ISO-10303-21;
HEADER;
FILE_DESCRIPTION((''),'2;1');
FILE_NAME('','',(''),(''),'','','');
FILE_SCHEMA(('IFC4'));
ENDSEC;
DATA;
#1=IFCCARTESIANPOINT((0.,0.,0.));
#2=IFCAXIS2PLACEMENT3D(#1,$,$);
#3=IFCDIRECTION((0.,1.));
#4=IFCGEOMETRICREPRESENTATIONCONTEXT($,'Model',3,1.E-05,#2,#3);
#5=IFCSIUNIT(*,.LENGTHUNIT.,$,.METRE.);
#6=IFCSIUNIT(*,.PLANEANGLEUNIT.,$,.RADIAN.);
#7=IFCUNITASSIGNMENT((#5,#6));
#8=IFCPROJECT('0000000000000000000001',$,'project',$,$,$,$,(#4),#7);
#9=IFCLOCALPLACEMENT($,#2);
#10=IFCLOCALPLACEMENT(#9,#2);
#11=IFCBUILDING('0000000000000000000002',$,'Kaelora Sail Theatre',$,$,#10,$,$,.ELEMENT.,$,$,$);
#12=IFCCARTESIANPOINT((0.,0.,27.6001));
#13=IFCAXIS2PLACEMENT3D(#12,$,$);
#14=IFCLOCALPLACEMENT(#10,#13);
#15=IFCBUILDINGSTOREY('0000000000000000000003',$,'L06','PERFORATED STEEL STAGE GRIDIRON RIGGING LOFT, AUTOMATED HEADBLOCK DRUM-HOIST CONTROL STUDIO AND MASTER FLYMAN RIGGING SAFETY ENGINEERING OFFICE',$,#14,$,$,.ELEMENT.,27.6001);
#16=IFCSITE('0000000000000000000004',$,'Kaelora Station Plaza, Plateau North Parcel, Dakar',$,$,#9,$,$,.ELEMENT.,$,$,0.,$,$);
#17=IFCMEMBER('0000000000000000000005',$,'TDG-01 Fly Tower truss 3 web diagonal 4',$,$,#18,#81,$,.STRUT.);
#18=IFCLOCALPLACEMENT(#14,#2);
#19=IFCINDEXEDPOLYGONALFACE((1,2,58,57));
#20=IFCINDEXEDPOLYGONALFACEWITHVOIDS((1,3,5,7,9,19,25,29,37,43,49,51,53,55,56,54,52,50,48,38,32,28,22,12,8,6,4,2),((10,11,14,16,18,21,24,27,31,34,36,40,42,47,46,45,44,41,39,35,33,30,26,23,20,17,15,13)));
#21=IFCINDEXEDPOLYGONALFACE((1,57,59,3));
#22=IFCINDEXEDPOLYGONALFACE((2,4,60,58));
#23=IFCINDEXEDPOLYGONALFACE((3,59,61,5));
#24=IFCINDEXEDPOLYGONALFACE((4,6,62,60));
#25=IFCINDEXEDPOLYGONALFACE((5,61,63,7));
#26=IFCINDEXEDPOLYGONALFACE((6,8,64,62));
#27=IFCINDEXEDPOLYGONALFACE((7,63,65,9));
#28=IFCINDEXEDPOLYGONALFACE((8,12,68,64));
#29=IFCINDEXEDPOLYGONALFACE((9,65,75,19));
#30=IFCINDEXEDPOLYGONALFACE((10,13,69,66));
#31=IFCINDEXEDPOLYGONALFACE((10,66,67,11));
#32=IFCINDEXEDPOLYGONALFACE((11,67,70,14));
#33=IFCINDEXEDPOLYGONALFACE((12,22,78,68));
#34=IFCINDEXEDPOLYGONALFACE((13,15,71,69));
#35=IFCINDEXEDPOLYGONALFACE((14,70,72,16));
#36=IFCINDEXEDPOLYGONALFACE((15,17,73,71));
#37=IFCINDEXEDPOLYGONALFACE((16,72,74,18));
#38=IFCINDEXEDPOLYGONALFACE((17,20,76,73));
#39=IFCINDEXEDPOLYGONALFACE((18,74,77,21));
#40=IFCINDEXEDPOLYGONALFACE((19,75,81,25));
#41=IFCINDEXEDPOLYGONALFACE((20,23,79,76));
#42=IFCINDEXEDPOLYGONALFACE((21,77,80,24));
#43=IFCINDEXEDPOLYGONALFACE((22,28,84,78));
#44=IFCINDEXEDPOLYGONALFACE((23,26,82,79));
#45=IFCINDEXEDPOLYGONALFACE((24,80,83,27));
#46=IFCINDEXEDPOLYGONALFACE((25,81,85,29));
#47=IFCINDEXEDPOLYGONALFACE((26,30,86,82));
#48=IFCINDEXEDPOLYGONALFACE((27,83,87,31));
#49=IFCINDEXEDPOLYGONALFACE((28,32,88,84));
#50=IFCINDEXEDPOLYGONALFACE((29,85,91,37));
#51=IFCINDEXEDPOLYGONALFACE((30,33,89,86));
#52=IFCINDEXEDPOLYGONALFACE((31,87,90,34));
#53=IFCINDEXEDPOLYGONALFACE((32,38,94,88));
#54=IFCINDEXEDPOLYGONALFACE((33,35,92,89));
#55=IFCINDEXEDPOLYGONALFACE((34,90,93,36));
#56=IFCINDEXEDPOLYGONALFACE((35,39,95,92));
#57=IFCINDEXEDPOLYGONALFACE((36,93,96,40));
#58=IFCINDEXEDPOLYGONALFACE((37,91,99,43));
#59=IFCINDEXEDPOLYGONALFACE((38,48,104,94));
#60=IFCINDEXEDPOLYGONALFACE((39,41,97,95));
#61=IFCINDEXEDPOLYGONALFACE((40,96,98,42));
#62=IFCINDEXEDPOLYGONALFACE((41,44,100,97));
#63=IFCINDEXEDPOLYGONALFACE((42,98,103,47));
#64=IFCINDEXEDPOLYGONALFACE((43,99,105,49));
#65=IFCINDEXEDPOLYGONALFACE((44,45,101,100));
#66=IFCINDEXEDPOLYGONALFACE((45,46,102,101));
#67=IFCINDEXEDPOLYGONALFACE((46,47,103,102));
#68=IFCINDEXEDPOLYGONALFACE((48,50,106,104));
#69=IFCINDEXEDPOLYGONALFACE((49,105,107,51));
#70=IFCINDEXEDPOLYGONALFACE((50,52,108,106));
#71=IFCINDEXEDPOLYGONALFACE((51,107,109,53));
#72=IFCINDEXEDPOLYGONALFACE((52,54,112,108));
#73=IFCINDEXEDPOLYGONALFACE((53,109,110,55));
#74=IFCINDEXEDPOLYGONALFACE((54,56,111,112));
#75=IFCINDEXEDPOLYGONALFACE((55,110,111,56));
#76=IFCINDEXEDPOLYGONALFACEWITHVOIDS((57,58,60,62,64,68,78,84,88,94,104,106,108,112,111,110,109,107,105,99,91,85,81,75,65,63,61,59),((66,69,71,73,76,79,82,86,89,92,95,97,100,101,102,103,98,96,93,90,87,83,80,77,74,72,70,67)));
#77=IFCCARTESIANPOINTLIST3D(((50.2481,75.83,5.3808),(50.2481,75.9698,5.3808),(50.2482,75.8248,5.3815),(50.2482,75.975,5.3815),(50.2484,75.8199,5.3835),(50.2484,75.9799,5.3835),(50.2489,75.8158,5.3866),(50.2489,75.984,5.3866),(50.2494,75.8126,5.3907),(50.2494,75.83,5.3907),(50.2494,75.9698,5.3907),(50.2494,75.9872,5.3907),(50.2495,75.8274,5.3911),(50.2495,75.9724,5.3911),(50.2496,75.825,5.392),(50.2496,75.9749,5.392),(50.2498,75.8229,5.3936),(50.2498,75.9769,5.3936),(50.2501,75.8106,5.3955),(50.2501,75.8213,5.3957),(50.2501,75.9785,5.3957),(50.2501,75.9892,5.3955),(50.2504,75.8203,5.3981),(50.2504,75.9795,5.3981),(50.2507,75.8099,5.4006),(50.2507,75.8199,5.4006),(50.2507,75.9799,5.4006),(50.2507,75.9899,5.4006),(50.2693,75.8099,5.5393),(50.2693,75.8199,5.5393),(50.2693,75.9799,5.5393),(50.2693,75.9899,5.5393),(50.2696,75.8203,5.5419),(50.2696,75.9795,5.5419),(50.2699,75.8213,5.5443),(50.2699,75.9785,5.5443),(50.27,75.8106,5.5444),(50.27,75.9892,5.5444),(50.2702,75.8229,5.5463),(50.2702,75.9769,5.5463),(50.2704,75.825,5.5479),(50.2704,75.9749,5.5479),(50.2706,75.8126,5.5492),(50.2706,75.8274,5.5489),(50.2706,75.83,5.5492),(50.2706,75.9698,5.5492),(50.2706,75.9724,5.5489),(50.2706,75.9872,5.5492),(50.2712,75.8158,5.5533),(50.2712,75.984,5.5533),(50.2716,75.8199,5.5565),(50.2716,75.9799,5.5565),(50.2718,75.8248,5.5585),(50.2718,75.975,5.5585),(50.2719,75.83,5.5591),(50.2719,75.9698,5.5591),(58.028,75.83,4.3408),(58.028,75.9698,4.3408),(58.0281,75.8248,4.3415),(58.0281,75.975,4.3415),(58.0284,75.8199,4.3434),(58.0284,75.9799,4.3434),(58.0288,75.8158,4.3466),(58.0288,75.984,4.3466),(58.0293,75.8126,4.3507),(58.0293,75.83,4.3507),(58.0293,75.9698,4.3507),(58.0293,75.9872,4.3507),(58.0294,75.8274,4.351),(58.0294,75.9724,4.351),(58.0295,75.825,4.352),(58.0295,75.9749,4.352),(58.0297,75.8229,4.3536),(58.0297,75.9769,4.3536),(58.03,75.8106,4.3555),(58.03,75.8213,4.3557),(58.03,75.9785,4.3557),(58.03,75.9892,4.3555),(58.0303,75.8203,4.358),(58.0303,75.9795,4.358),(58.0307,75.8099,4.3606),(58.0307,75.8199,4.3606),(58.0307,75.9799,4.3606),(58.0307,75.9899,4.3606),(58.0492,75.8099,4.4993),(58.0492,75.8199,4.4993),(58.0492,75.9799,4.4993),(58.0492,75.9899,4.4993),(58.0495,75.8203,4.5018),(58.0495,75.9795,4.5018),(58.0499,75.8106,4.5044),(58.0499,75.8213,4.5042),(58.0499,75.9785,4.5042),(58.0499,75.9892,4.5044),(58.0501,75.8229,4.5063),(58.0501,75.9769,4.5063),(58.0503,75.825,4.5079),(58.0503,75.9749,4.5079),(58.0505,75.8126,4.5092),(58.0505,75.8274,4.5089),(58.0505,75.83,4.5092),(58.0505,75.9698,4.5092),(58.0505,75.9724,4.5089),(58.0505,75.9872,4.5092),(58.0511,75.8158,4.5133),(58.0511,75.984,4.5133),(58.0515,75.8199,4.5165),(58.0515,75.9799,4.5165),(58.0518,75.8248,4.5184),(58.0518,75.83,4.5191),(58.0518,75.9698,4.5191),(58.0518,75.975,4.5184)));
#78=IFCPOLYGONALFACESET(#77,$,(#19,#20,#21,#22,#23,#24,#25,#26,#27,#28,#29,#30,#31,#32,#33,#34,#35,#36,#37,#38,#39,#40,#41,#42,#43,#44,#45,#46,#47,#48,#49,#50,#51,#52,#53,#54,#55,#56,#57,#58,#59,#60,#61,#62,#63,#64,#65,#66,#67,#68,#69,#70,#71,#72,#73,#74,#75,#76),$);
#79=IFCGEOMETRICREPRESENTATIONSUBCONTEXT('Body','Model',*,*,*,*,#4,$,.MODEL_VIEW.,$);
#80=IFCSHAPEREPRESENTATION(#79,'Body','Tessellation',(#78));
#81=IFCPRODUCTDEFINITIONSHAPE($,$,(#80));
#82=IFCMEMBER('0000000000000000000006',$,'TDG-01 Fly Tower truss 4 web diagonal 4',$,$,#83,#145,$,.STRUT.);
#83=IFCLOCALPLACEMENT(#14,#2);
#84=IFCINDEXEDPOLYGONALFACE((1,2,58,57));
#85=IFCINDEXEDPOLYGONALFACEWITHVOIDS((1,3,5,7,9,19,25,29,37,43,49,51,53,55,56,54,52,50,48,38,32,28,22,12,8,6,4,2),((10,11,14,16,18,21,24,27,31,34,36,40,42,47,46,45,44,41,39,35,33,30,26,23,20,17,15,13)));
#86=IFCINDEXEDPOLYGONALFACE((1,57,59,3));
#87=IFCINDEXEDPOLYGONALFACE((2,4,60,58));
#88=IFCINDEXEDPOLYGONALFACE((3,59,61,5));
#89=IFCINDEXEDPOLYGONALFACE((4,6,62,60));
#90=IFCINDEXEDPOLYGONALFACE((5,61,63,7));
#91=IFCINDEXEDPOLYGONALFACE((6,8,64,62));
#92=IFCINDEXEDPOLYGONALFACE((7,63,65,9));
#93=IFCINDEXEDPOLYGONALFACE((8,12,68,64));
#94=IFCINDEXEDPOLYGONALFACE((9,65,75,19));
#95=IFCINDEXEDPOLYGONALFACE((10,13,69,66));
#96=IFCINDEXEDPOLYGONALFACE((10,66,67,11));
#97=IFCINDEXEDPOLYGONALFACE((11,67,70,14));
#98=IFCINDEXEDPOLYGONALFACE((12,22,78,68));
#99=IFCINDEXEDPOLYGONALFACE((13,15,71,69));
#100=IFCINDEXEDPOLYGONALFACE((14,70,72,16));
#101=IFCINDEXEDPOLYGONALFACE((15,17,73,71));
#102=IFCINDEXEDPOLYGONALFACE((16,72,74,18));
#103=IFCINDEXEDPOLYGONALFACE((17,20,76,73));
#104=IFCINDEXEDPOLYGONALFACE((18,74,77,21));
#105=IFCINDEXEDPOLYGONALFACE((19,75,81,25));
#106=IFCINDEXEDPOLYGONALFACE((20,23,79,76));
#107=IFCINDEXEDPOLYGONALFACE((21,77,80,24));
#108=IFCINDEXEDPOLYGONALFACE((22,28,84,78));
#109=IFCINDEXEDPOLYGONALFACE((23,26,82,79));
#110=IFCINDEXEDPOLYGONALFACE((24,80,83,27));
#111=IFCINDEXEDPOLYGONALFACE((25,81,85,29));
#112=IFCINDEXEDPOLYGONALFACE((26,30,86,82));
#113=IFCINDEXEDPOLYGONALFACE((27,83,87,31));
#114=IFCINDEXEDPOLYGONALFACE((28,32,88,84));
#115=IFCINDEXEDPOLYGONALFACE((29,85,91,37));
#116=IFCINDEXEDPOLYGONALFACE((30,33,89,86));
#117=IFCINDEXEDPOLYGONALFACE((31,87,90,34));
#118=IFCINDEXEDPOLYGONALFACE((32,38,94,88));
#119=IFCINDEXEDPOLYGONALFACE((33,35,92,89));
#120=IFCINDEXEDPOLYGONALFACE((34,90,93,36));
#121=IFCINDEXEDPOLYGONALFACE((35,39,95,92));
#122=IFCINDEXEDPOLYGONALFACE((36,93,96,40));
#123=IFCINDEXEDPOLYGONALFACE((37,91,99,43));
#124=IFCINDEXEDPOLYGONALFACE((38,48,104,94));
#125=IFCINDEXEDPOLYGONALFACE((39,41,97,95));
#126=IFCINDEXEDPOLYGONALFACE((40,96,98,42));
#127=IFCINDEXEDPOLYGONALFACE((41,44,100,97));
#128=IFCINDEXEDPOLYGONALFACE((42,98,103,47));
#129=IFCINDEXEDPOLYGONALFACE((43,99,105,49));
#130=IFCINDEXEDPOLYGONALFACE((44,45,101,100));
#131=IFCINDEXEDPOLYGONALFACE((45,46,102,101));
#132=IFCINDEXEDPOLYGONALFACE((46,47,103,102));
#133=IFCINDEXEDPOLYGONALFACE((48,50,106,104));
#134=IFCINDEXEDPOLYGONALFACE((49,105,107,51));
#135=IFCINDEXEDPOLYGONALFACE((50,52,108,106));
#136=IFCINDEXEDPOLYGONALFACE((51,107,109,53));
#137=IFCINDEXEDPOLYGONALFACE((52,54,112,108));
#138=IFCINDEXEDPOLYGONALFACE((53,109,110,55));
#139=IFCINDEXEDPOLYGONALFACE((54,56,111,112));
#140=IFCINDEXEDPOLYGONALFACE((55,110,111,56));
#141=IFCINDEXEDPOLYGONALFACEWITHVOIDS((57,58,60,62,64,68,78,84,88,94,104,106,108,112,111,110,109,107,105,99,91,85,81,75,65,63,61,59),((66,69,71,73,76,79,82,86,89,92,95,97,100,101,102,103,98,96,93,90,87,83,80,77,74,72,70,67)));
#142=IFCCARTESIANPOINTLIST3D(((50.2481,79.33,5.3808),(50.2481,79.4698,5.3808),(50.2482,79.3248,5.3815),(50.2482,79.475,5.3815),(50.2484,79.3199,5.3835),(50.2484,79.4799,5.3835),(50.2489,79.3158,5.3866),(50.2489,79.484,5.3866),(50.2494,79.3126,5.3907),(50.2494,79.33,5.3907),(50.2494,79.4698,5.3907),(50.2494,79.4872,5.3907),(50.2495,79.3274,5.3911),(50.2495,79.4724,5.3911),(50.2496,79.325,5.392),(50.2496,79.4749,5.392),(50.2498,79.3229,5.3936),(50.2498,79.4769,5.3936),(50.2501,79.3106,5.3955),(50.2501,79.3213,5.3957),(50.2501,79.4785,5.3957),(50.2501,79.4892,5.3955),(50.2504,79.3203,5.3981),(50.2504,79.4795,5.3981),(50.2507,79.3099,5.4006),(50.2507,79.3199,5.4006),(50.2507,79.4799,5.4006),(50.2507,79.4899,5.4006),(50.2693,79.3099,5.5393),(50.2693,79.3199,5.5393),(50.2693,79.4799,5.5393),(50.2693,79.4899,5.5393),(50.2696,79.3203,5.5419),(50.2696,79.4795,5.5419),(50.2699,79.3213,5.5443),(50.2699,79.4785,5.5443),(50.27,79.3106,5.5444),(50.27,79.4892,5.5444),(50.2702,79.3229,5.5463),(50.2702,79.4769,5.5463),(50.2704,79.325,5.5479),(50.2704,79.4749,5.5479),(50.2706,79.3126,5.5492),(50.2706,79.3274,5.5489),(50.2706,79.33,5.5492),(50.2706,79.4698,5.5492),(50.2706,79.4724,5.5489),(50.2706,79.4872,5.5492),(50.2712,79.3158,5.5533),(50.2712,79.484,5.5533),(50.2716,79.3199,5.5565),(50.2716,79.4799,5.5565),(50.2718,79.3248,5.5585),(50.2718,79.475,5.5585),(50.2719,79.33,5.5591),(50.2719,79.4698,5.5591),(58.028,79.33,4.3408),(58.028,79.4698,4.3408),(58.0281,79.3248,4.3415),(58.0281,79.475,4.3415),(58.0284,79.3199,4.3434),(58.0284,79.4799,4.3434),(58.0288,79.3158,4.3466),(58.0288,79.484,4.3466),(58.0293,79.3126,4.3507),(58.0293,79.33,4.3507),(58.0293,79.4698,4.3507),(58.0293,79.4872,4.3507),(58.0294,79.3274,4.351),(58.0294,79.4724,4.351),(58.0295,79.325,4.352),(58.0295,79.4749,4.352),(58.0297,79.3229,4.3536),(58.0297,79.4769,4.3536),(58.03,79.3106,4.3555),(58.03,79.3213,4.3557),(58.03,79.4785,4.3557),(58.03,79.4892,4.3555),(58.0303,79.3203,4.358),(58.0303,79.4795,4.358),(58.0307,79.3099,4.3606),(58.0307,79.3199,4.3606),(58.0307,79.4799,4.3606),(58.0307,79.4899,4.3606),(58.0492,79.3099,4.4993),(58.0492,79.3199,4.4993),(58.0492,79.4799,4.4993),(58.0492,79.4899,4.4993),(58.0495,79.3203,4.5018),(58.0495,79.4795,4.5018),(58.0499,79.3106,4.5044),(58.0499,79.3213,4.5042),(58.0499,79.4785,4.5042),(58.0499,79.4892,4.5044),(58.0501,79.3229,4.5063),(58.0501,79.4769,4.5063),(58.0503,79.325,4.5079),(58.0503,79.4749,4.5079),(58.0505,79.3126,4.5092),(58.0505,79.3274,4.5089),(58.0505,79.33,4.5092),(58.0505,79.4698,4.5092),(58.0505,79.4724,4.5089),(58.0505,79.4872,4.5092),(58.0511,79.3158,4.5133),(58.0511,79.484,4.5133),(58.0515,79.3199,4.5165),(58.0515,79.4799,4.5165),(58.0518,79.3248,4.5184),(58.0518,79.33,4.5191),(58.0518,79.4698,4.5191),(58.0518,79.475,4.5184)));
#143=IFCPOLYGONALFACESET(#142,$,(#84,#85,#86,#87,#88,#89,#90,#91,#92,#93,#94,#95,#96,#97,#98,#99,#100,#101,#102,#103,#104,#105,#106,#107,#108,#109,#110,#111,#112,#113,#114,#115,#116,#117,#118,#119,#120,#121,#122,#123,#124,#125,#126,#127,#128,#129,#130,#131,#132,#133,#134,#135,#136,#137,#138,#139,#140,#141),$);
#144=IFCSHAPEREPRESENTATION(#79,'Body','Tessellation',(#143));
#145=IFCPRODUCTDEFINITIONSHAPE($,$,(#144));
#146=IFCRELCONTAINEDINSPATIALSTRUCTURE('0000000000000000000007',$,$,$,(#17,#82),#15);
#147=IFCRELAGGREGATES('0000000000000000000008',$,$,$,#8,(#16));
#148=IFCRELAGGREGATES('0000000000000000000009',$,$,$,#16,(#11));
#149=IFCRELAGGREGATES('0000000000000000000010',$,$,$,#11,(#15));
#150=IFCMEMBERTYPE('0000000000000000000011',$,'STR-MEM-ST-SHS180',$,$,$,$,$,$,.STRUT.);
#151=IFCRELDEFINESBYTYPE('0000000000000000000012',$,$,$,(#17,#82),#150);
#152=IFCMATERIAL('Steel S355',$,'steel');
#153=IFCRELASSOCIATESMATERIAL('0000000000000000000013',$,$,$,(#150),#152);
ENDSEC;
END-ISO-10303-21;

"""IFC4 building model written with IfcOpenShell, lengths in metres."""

from ifc_helpers import new_model, si_unit, direction, frame, origin, origin_2d, place, context, subcontext, project, spatial, hollow_rectangle, extrude, material, material_profile, profile_set, type_object, element, save


model = new_model("IFC4")

# Units and contexts
model_context = context("Model", 3, precision=1e-05, world=origin(), true_north=direction((0.0, 1.0)))
body_context = subcontext(model_context, "Body", "Model", "MODEL_VIEW")
ifc_project = project(units=[si_unit("LENGTHUNIT", "METRE"), si_unit("PLANEANGLEUNIT", "RADIAN")], contexts=[model_context])

# Site, building, storey
site_placement = place(None, origin())
site = spatial("IfcSite", under=ifc_project, at=site_placement, Name="Kaelora Station Plaza, Plateau North Parcel, Dakar", CompositionType="ELEMENT", RefElevation=0.0)
building_placement = place(site_placement, origin())
building = spatial("IfcBuilding", under=site, at=building_placement, Name="Kaelora Sail Theatre", CompositionType="ELEMENT")
storey_placement = place(building_placement, frame((0.0, 0.0, 27.6001)))
storey = spatial("IfcBuildingStorey", under=building, at=storey_placement, Name="L06", Description="PERFORATED STEEL STAGE GRIDIRON RIGGING LOFT, AUTOMATED HEADBLOCK DRUM-HOIST CONTROL STUDIO AND MASTER FLYMAN RIGGING SAFETY ENGINEERING OFFICE", CompositionType="ELEMENT", Elevation=27.6001)

# Members
ifc_material_1 = material(Name="Steel S355", Category="steel")
ifc_material_profile_1 = material_profile(ifc_material_1, hollow_rectangle(XDim=0.1799, YDim=0.1799, WallThickness=0.01, InnerFilletRadius=0.01, OuterFilletRadius=0.02, at=origin_2d()), Name="SHS 180x180x10.0")
ifc_profile_set_1 = profile_set([ifc_material_profile_1], Name="Steel S355")
member_type_1 = type_object("IfcMemberType", Name="STR-MEM-ST-SHS180", PredefinedType="STRUT", material=ifc_profile_set_1)
for number, where, z_axis, x_axis, name in (
    (1, (50.26, 75.8999, 5.47), (0.991183, 0.0, -0.132502), (0.0, 1.0, 0.0), "TDG-01 Fly Tower truss 3 web diagonal 4"),
    (2, (50.26, 79.3999, 5.47), (0.991183, 0.0, -0.132502), (0.0, 1.0, 0.0), "TDG-01 Fly Tower truss 4 web diagonal 4"),
):
    element("IfcMember", number, at=place(storey_placement, frame(where, z_axis=z_axis, x_axis=x_axis)), inside=storey, type_object=member_type_1, Name=name, PredefinedType="STRUT", context=body_context, shape_type="SweptSolid", body=[
        extrude(hollow_rectangle(XDim=0.1799, YDim=0.1799, WallThickness=0.01, InnerFilletRadius=0.01, OuterFilletRadius=0.02, at=origin_2d()), origin(), (0.0, 0.0, 1.0), 7.8491),
    ])

save(model, "model.ifc")
